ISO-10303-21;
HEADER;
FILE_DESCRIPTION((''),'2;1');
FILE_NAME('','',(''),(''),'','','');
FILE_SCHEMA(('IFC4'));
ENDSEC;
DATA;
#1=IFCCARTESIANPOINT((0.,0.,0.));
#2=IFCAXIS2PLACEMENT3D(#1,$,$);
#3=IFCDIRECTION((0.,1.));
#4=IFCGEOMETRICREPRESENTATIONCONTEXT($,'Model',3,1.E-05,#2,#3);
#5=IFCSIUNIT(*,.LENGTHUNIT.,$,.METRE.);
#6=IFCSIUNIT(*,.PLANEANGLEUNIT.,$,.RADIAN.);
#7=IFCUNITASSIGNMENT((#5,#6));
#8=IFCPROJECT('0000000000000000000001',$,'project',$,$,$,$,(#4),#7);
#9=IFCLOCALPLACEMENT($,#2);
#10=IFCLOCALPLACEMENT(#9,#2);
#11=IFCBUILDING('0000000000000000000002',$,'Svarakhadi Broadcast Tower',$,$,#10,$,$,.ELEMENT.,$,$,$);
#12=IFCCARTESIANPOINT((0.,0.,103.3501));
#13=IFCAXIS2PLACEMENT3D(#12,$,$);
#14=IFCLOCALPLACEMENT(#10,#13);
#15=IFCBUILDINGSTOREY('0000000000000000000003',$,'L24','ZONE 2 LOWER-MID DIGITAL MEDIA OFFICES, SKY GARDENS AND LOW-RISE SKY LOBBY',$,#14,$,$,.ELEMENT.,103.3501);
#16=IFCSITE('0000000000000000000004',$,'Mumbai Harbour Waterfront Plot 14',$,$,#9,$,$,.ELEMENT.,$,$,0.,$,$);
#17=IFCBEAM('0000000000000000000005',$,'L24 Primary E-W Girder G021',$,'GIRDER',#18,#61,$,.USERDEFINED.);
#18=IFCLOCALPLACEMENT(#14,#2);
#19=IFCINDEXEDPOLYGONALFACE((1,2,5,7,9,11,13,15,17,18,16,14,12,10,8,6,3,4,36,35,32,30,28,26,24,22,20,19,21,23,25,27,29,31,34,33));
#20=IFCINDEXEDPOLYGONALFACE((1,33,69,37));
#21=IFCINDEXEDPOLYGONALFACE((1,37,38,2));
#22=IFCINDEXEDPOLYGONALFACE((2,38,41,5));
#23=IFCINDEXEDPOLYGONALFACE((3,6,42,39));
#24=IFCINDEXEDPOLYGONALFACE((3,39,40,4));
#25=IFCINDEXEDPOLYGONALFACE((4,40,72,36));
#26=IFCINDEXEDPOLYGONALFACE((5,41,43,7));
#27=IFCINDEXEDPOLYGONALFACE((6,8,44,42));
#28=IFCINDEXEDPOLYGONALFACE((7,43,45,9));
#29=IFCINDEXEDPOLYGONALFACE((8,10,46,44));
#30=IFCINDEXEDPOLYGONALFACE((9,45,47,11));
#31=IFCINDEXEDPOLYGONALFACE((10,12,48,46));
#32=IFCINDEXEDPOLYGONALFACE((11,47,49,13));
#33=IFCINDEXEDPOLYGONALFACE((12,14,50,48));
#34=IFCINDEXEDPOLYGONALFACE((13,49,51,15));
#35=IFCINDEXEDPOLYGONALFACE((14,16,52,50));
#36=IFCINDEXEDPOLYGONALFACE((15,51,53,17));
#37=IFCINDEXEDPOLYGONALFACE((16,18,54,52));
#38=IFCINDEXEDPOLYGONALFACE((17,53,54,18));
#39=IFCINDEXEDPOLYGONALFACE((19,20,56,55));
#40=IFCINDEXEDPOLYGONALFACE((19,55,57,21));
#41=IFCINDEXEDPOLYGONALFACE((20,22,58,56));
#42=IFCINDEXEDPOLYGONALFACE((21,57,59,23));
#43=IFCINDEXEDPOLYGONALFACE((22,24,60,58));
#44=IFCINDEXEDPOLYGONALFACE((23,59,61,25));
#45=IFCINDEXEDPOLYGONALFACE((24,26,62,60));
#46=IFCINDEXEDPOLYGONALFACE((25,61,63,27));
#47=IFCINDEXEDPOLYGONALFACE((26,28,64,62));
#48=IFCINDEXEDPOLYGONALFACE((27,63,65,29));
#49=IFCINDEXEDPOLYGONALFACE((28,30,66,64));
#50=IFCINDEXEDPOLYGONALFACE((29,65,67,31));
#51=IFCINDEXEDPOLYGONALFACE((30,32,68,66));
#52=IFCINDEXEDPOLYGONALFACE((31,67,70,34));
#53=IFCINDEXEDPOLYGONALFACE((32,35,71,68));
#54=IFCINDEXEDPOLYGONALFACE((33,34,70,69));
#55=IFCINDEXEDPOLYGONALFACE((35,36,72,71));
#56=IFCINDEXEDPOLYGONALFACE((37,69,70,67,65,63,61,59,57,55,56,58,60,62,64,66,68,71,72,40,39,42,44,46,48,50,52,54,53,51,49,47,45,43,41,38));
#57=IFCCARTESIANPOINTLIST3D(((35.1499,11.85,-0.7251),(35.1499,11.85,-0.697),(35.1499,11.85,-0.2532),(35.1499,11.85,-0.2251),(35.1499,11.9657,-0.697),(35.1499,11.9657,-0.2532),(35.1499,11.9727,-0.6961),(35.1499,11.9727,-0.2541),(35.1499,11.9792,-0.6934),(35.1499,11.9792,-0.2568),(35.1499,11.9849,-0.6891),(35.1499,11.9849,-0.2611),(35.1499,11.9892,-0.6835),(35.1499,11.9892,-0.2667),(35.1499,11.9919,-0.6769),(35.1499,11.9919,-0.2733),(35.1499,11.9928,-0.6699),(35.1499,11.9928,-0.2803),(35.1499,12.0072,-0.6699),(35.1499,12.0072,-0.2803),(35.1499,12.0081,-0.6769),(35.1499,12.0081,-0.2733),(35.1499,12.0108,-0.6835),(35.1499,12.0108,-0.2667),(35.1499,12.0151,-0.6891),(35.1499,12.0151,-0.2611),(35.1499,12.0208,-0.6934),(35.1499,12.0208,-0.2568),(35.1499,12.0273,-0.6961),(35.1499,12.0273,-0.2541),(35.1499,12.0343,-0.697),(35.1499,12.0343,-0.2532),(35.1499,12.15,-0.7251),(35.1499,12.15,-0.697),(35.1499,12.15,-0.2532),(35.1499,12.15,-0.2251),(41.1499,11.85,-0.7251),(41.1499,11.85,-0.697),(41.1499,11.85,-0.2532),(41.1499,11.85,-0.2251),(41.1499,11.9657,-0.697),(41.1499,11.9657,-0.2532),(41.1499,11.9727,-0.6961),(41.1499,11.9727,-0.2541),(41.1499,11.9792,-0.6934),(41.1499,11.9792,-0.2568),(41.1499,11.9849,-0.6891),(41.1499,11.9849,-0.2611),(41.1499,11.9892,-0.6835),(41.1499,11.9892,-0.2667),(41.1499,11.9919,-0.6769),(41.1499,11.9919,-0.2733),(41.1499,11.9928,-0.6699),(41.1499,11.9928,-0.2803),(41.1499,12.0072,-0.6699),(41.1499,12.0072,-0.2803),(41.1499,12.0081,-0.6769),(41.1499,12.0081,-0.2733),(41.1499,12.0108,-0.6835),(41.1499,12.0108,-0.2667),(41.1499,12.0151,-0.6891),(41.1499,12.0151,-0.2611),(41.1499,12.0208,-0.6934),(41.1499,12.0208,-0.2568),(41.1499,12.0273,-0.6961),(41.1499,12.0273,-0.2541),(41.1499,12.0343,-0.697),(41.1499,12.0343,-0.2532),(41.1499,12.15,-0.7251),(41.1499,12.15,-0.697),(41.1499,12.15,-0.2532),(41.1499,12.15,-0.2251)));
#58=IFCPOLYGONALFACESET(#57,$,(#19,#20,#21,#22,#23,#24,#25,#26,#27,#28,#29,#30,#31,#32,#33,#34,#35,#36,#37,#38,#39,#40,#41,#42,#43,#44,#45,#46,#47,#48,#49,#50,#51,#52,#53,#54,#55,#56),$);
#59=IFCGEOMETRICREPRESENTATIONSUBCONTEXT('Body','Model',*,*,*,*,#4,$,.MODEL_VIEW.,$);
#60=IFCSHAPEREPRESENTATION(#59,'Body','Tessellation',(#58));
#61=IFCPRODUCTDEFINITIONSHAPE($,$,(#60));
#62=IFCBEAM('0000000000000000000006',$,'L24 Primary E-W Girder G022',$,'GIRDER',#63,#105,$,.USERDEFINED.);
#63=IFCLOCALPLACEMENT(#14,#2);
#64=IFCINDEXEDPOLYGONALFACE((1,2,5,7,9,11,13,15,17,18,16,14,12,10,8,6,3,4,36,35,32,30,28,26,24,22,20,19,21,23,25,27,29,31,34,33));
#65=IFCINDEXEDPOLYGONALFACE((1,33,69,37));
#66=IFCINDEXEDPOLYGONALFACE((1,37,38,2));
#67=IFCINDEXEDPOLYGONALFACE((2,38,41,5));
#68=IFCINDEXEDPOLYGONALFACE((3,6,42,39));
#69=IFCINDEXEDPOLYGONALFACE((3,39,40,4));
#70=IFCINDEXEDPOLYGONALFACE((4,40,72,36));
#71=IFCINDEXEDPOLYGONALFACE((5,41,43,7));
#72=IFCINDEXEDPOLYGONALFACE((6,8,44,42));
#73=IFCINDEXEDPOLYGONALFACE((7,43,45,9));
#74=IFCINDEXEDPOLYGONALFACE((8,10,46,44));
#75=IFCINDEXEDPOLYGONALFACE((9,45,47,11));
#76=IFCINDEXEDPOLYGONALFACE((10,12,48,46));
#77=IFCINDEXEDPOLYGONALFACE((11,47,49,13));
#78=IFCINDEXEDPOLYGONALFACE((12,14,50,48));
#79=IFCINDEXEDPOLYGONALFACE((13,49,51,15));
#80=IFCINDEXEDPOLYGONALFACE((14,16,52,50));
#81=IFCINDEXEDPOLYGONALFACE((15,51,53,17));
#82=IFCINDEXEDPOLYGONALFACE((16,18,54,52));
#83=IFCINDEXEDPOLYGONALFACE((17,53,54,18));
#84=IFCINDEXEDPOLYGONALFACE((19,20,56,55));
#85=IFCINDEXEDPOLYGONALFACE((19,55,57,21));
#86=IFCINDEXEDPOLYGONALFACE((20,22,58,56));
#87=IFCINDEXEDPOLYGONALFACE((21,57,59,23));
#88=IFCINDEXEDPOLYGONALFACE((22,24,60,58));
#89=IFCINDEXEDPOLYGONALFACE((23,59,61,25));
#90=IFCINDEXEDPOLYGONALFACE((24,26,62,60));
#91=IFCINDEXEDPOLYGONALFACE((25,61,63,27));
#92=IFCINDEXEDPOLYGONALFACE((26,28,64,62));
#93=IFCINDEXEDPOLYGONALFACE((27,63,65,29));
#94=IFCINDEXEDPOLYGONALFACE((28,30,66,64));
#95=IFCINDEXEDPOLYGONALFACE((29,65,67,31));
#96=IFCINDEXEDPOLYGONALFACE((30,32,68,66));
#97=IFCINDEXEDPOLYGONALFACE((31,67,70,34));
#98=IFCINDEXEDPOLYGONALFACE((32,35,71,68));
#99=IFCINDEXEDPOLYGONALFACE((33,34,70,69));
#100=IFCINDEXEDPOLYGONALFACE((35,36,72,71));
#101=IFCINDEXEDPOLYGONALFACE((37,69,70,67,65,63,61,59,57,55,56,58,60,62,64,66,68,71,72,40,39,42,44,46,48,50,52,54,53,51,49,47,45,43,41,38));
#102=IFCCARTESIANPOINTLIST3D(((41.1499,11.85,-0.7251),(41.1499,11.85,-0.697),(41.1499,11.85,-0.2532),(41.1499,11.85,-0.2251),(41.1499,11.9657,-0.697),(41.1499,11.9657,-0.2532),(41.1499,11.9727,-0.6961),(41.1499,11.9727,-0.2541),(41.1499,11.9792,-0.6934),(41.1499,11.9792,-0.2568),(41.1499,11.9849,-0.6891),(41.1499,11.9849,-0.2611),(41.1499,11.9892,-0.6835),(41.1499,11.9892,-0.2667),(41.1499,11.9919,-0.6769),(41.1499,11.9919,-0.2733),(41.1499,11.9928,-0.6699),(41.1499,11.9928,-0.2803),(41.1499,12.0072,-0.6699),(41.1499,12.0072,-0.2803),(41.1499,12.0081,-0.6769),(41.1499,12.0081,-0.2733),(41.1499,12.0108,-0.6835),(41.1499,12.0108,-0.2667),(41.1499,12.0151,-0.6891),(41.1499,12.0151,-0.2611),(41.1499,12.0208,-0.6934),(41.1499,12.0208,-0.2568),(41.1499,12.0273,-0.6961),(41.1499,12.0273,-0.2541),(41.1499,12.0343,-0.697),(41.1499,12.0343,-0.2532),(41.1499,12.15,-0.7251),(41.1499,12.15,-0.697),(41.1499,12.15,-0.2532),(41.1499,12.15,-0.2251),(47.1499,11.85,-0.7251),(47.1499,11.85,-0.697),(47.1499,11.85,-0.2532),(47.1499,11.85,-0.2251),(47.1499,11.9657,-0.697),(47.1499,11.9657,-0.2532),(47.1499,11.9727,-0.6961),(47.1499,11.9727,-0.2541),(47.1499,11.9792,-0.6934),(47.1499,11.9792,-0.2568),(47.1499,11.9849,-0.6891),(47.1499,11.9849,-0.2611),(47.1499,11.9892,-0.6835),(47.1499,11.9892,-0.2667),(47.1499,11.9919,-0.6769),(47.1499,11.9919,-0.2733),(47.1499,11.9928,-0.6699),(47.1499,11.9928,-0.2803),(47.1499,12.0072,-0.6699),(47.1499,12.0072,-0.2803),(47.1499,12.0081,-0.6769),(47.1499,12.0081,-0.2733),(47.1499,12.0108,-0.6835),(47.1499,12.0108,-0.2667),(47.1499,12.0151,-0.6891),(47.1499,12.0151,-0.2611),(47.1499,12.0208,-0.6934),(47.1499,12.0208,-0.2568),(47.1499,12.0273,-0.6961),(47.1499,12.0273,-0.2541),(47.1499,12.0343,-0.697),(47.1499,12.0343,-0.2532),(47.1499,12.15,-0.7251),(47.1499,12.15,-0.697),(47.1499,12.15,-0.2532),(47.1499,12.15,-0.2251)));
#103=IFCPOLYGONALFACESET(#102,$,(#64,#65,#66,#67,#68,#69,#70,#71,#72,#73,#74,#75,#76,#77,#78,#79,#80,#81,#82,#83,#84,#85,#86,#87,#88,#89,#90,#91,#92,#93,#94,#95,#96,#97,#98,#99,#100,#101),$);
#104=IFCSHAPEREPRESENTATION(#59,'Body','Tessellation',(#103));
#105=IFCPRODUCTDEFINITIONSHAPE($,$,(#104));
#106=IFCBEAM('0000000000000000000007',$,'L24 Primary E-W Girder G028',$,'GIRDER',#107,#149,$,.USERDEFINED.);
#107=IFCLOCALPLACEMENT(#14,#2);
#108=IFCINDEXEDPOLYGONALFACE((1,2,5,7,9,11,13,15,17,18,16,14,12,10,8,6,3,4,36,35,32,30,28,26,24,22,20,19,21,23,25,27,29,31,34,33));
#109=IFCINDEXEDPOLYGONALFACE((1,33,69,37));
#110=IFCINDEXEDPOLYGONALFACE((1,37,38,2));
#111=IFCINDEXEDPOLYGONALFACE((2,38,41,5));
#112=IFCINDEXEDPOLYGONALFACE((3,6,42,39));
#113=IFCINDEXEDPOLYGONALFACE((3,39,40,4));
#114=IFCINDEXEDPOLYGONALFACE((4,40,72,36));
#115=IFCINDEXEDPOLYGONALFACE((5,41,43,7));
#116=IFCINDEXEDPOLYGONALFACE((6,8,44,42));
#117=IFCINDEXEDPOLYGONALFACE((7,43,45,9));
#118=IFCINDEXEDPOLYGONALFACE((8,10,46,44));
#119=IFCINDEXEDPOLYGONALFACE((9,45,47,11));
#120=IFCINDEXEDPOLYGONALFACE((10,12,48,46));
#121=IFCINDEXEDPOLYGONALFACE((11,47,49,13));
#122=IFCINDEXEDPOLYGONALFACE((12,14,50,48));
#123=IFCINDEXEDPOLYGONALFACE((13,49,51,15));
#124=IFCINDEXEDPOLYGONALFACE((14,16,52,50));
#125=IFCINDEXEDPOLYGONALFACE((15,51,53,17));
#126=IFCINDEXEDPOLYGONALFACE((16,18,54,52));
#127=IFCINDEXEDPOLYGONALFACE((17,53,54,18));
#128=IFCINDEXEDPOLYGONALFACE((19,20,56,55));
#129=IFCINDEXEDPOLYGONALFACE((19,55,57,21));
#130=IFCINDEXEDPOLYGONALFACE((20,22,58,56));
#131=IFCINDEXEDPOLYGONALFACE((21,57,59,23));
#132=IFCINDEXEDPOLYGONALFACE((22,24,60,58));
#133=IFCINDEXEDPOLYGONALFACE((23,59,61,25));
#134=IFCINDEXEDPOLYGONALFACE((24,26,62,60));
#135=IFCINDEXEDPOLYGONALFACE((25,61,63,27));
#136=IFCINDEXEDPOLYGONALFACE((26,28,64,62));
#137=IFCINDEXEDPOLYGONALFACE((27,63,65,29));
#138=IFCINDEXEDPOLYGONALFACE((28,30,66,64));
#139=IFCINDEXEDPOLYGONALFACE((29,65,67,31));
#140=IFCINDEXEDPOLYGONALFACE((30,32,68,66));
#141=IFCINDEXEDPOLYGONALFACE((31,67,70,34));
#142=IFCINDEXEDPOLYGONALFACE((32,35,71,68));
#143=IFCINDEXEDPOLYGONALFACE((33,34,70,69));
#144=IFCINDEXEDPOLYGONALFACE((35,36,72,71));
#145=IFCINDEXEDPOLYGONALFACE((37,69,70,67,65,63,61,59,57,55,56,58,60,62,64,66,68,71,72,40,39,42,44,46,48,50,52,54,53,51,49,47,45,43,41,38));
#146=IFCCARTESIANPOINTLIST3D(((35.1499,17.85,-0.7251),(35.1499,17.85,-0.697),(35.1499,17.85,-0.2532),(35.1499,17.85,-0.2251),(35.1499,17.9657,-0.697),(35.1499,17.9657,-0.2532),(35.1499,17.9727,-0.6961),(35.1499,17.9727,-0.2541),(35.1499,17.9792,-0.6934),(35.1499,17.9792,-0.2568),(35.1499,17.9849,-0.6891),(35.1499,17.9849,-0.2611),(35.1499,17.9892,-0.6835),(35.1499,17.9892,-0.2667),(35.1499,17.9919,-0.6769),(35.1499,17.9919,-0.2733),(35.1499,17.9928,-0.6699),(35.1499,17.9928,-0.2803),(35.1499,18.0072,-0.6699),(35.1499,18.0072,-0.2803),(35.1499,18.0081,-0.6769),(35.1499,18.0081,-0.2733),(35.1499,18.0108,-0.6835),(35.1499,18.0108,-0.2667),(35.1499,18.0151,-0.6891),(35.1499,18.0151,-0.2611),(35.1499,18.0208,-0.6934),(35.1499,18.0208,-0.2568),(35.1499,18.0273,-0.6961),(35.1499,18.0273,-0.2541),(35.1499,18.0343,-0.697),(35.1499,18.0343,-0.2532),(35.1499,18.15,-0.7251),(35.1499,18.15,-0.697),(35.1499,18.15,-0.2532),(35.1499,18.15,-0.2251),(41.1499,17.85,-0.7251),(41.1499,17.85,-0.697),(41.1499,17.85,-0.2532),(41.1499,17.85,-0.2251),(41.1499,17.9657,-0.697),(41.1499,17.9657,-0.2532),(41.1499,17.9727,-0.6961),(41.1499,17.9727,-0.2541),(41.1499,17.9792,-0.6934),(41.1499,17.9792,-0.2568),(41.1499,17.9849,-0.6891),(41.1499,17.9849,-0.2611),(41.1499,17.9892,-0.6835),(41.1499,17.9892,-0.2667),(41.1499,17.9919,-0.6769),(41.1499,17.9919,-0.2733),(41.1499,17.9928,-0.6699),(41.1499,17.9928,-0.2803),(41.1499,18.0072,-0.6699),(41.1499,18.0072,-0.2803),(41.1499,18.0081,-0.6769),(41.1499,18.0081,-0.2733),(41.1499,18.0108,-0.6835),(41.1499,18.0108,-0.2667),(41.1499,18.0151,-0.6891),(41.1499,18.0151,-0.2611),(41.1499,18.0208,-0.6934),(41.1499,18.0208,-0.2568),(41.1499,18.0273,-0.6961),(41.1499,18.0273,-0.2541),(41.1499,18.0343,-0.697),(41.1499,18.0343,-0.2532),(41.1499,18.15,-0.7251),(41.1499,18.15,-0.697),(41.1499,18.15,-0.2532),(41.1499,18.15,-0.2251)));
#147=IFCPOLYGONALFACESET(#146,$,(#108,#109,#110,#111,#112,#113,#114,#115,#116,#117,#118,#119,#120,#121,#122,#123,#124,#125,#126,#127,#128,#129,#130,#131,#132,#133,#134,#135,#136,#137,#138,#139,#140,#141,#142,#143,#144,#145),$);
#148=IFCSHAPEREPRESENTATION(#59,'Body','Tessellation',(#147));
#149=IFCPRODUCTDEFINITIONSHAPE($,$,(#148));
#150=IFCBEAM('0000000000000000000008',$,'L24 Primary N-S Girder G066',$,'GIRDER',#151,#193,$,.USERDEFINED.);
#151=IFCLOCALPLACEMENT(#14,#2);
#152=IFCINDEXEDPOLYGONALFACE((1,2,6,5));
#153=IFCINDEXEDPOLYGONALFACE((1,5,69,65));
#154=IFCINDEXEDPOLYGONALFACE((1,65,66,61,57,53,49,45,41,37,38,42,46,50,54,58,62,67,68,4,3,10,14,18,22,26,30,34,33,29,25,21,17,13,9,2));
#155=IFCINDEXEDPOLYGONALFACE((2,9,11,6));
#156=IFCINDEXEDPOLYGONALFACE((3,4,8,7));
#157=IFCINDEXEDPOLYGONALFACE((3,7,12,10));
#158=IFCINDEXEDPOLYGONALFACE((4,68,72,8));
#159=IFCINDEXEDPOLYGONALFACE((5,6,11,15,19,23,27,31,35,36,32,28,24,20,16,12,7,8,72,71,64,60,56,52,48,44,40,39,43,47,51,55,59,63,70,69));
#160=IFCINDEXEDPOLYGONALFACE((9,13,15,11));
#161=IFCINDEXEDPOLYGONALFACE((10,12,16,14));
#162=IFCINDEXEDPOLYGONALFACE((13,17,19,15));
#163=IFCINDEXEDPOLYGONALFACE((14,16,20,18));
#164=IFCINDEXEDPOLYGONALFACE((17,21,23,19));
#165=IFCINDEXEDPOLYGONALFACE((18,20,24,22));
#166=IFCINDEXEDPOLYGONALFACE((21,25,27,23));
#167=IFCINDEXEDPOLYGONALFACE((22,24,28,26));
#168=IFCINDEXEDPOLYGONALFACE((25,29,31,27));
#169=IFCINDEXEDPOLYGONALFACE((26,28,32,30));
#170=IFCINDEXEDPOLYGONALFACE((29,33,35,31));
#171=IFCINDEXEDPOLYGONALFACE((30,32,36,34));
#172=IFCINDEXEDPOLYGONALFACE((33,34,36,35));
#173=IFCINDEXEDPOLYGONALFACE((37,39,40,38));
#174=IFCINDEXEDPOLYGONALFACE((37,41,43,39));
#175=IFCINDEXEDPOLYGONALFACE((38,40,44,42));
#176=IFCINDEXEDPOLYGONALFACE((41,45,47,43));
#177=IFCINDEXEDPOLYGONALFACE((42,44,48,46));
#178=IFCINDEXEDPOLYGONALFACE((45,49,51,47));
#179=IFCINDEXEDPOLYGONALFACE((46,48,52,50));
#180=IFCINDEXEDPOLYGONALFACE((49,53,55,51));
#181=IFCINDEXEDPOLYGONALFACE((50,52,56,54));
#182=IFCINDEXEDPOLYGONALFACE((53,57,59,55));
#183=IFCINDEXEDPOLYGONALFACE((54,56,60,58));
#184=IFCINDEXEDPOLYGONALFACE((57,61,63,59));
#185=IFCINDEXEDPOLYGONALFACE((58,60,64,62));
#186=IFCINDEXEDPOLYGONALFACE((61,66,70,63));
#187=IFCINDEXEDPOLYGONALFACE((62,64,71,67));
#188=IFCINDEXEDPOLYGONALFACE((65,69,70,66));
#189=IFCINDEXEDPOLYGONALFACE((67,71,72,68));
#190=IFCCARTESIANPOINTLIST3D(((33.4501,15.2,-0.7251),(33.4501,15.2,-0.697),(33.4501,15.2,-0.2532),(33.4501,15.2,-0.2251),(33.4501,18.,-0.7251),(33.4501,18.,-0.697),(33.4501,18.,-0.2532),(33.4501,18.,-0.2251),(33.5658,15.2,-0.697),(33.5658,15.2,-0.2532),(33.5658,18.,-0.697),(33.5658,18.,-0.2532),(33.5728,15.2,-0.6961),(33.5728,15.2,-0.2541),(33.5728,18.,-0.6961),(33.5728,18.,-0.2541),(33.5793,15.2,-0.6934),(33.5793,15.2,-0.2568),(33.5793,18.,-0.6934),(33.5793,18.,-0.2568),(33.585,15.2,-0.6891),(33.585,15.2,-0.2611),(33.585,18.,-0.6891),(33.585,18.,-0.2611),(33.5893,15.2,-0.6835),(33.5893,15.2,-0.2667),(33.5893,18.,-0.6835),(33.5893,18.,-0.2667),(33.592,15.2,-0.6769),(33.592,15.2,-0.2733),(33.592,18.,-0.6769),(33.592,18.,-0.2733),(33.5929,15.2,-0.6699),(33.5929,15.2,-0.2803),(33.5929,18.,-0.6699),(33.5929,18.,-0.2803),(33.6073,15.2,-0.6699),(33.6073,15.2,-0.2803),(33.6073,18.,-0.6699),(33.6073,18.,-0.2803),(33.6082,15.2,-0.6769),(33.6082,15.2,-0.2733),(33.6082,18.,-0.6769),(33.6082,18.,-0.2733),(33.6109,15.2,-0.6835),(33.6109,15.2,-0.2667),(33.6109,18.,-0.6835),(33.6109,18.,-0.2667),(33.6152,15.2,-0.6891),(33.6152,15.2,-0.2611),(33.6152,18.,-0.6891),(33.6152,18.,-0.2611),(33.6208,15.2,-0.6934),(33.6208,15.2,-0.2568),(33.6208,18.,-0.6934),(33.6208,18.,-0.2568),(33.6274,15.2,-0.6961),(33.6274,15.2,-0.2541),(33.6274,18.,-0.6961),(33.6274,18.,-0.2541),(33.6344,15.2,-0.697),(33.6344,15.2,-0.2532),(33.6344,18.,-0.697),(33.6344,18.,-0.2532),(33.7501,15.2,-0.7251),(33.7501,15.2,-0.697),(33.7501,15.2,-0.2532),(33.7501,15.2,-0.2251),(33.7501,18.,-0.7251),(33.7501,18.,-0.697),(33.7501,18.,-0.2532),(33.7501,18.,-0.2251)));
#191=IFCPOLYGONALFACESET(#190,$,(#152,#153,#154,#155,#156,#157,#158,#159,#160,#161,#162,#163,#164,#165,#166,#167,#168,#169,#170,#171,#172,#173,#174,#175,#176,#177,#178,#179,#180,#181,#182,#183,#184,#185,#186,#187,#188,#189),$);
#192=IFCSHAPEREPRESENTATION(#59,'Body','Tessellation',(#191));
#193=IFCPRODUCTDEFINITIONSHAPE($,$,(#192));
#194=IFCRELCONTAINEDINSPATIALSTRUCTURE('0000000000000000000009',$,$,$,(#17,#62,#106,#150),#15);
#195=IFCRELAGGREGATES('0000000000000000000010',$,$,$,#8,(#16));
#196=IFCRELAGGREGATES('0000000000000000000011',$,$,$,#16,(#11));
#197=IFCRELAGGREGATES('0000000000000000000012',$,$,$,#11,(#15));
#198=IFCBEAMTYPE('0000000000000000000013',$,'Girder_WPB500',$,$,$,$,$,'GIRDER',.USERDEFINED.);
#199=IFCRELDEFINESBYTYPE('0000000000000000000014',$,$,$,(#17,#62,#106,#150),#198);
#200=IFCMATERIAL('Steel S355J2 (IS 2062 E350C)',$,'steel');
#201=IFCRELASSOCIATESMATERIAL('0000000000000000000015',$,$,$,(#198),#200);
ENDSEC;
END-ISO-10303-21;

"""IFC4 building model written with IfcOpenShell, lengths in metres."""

from ifc_helpers import new_model, si_unit, direction, frame, origin, origin_2d, place, context, subcontext, project, spatial, i_section, extrude, material, material_profile, profile_set, type_object, element, save


model = new_model("IFC4")

# Units and contexts
model_context = context("Model", 3, precision=1e-05, world=origin(), true_north=direction((0.0, 1.0)))
body_context = subcontext(model_context, "Body", "Model", "MODEL_VIEW")
ifc_project = project(units=[si_unit("LENGTHUNIT", "METRE"), si_unit("PLANEANGLEUNIT", "RADIAN")], contexts=[model_context])

# Site, building, storey
site_placement = place(None, origin())
site = spatial("IfcSite", under=ifc_project, at=site_placement, Name="Mumbai Harbour Waterfront Plot 14", CompositionType="ELEMENT", RefElevation=0.0)
building_placement = place(site_placement, origin())
building = spatial("IfcBuilding", under=site, at=building_placement, Name="Svarakhadi Broadcast Tower", CompositionType="ELEMENT")
storey_placement = place(building_placement, frame((0.0, 0.0, 103.3501)))
storey = spatial("IfcBuildingStorey", under=building, at=storey_placement, Name="L24", Description="ZONE 2 LOWER-MID DIGITAL MEDIA OFFICES, SKY GARDENS AND LOW-RISE SKY LOBBY", CompositionType="ELEMENT", Elevation=103.3501)

# Shared definitions
ifc_material_1 = material(Name="Steel S355J2 (IS 2062 E350C)", Category="steel")

# Beams
ifc_material_profile_1 = material_profile(ifc_material_1, i_section(OverallWidth=0.3, OverallDepth=0.5, WebThickness=0.0144, FlangeThickness=0.0281, FilletRadius=0.0271, at=origin_2d()), Name="WPB 500x300x187")
ifc_profile_set_1 = profile_set([ifc_material_profile_1], Name="Steel S355J2 (IS 2062 E350C)")
beam_type_1 = type_object("IfcBeamType", Name="Girder_WPB500", ElementType="GIRDER", PredefinedType="USERDEFINED", material=ifc_profile_set_1)
for number, where, z_axis, x_axis, name in (
    (1, (35.1499, 12.0, -0.4751), (1.0, 0.0, 0.0), (0.0, 1.0, 0.0), "L24 Primary E-W Girder G021"),
    (2, (41.1499, 12.0, -0.4751), (1.0, 0.0, 0.0), (0.0, 1.0, 0.0), "L24 Primary E-W Girder G022"),
    (3, (35.1499, 18.0, -0.4751), (1.0, 0.0, 0.0), (0.0, 1.0, 0.0), "L24 Primary E-W Girder G028"),
):
    element("IfcBeam", number, at=place(storey_placement, frame(where, z_axis=z_axis, x_axis=x_axis)), inside=storey, type_object=beam_type_1, Name=name, ObjectType="GIRDER", PredefinedType="USERDEFINED", context=body_context, shape_type="SweptSolid", body=[
        extrude(i_section(OverallWidth=0.3, OverallDepth=0.5, WebThickness=0.0144, FlangeThickness=0.0281, FilletRadius=0.0271, at=origin_2d()), origin(), (0.0, 0.0, 1.0), 6.0),
    ])
beam_1_placement = place(storey_placement, frame((33.6001, 15.2, -0.4751), z_axis=(0.0, 1.0, 0.0), x_axis=(-1.0, 0.0, 0.0)))
element("IfcBeam", 4, at=beam_1_placement, inside=storey, type_object=beam_type_1, Name="L24 Primary N-S Girder G066", ObjectType="GIRDER", PredefinedType="USERDEFINED", context=body_context, shape_type="SweptSolid", body=[
    extrude(i_section(OverallWidth=0.3, OverallDepth=0.5, WebThickness=0.0144, FlangeThickness=0.0281, FilletRadius=0.0271, at=origin_2d()), origin(), (0.0, 0.0, 1.0), 2.8),
])

save(model, "model.ifc")
